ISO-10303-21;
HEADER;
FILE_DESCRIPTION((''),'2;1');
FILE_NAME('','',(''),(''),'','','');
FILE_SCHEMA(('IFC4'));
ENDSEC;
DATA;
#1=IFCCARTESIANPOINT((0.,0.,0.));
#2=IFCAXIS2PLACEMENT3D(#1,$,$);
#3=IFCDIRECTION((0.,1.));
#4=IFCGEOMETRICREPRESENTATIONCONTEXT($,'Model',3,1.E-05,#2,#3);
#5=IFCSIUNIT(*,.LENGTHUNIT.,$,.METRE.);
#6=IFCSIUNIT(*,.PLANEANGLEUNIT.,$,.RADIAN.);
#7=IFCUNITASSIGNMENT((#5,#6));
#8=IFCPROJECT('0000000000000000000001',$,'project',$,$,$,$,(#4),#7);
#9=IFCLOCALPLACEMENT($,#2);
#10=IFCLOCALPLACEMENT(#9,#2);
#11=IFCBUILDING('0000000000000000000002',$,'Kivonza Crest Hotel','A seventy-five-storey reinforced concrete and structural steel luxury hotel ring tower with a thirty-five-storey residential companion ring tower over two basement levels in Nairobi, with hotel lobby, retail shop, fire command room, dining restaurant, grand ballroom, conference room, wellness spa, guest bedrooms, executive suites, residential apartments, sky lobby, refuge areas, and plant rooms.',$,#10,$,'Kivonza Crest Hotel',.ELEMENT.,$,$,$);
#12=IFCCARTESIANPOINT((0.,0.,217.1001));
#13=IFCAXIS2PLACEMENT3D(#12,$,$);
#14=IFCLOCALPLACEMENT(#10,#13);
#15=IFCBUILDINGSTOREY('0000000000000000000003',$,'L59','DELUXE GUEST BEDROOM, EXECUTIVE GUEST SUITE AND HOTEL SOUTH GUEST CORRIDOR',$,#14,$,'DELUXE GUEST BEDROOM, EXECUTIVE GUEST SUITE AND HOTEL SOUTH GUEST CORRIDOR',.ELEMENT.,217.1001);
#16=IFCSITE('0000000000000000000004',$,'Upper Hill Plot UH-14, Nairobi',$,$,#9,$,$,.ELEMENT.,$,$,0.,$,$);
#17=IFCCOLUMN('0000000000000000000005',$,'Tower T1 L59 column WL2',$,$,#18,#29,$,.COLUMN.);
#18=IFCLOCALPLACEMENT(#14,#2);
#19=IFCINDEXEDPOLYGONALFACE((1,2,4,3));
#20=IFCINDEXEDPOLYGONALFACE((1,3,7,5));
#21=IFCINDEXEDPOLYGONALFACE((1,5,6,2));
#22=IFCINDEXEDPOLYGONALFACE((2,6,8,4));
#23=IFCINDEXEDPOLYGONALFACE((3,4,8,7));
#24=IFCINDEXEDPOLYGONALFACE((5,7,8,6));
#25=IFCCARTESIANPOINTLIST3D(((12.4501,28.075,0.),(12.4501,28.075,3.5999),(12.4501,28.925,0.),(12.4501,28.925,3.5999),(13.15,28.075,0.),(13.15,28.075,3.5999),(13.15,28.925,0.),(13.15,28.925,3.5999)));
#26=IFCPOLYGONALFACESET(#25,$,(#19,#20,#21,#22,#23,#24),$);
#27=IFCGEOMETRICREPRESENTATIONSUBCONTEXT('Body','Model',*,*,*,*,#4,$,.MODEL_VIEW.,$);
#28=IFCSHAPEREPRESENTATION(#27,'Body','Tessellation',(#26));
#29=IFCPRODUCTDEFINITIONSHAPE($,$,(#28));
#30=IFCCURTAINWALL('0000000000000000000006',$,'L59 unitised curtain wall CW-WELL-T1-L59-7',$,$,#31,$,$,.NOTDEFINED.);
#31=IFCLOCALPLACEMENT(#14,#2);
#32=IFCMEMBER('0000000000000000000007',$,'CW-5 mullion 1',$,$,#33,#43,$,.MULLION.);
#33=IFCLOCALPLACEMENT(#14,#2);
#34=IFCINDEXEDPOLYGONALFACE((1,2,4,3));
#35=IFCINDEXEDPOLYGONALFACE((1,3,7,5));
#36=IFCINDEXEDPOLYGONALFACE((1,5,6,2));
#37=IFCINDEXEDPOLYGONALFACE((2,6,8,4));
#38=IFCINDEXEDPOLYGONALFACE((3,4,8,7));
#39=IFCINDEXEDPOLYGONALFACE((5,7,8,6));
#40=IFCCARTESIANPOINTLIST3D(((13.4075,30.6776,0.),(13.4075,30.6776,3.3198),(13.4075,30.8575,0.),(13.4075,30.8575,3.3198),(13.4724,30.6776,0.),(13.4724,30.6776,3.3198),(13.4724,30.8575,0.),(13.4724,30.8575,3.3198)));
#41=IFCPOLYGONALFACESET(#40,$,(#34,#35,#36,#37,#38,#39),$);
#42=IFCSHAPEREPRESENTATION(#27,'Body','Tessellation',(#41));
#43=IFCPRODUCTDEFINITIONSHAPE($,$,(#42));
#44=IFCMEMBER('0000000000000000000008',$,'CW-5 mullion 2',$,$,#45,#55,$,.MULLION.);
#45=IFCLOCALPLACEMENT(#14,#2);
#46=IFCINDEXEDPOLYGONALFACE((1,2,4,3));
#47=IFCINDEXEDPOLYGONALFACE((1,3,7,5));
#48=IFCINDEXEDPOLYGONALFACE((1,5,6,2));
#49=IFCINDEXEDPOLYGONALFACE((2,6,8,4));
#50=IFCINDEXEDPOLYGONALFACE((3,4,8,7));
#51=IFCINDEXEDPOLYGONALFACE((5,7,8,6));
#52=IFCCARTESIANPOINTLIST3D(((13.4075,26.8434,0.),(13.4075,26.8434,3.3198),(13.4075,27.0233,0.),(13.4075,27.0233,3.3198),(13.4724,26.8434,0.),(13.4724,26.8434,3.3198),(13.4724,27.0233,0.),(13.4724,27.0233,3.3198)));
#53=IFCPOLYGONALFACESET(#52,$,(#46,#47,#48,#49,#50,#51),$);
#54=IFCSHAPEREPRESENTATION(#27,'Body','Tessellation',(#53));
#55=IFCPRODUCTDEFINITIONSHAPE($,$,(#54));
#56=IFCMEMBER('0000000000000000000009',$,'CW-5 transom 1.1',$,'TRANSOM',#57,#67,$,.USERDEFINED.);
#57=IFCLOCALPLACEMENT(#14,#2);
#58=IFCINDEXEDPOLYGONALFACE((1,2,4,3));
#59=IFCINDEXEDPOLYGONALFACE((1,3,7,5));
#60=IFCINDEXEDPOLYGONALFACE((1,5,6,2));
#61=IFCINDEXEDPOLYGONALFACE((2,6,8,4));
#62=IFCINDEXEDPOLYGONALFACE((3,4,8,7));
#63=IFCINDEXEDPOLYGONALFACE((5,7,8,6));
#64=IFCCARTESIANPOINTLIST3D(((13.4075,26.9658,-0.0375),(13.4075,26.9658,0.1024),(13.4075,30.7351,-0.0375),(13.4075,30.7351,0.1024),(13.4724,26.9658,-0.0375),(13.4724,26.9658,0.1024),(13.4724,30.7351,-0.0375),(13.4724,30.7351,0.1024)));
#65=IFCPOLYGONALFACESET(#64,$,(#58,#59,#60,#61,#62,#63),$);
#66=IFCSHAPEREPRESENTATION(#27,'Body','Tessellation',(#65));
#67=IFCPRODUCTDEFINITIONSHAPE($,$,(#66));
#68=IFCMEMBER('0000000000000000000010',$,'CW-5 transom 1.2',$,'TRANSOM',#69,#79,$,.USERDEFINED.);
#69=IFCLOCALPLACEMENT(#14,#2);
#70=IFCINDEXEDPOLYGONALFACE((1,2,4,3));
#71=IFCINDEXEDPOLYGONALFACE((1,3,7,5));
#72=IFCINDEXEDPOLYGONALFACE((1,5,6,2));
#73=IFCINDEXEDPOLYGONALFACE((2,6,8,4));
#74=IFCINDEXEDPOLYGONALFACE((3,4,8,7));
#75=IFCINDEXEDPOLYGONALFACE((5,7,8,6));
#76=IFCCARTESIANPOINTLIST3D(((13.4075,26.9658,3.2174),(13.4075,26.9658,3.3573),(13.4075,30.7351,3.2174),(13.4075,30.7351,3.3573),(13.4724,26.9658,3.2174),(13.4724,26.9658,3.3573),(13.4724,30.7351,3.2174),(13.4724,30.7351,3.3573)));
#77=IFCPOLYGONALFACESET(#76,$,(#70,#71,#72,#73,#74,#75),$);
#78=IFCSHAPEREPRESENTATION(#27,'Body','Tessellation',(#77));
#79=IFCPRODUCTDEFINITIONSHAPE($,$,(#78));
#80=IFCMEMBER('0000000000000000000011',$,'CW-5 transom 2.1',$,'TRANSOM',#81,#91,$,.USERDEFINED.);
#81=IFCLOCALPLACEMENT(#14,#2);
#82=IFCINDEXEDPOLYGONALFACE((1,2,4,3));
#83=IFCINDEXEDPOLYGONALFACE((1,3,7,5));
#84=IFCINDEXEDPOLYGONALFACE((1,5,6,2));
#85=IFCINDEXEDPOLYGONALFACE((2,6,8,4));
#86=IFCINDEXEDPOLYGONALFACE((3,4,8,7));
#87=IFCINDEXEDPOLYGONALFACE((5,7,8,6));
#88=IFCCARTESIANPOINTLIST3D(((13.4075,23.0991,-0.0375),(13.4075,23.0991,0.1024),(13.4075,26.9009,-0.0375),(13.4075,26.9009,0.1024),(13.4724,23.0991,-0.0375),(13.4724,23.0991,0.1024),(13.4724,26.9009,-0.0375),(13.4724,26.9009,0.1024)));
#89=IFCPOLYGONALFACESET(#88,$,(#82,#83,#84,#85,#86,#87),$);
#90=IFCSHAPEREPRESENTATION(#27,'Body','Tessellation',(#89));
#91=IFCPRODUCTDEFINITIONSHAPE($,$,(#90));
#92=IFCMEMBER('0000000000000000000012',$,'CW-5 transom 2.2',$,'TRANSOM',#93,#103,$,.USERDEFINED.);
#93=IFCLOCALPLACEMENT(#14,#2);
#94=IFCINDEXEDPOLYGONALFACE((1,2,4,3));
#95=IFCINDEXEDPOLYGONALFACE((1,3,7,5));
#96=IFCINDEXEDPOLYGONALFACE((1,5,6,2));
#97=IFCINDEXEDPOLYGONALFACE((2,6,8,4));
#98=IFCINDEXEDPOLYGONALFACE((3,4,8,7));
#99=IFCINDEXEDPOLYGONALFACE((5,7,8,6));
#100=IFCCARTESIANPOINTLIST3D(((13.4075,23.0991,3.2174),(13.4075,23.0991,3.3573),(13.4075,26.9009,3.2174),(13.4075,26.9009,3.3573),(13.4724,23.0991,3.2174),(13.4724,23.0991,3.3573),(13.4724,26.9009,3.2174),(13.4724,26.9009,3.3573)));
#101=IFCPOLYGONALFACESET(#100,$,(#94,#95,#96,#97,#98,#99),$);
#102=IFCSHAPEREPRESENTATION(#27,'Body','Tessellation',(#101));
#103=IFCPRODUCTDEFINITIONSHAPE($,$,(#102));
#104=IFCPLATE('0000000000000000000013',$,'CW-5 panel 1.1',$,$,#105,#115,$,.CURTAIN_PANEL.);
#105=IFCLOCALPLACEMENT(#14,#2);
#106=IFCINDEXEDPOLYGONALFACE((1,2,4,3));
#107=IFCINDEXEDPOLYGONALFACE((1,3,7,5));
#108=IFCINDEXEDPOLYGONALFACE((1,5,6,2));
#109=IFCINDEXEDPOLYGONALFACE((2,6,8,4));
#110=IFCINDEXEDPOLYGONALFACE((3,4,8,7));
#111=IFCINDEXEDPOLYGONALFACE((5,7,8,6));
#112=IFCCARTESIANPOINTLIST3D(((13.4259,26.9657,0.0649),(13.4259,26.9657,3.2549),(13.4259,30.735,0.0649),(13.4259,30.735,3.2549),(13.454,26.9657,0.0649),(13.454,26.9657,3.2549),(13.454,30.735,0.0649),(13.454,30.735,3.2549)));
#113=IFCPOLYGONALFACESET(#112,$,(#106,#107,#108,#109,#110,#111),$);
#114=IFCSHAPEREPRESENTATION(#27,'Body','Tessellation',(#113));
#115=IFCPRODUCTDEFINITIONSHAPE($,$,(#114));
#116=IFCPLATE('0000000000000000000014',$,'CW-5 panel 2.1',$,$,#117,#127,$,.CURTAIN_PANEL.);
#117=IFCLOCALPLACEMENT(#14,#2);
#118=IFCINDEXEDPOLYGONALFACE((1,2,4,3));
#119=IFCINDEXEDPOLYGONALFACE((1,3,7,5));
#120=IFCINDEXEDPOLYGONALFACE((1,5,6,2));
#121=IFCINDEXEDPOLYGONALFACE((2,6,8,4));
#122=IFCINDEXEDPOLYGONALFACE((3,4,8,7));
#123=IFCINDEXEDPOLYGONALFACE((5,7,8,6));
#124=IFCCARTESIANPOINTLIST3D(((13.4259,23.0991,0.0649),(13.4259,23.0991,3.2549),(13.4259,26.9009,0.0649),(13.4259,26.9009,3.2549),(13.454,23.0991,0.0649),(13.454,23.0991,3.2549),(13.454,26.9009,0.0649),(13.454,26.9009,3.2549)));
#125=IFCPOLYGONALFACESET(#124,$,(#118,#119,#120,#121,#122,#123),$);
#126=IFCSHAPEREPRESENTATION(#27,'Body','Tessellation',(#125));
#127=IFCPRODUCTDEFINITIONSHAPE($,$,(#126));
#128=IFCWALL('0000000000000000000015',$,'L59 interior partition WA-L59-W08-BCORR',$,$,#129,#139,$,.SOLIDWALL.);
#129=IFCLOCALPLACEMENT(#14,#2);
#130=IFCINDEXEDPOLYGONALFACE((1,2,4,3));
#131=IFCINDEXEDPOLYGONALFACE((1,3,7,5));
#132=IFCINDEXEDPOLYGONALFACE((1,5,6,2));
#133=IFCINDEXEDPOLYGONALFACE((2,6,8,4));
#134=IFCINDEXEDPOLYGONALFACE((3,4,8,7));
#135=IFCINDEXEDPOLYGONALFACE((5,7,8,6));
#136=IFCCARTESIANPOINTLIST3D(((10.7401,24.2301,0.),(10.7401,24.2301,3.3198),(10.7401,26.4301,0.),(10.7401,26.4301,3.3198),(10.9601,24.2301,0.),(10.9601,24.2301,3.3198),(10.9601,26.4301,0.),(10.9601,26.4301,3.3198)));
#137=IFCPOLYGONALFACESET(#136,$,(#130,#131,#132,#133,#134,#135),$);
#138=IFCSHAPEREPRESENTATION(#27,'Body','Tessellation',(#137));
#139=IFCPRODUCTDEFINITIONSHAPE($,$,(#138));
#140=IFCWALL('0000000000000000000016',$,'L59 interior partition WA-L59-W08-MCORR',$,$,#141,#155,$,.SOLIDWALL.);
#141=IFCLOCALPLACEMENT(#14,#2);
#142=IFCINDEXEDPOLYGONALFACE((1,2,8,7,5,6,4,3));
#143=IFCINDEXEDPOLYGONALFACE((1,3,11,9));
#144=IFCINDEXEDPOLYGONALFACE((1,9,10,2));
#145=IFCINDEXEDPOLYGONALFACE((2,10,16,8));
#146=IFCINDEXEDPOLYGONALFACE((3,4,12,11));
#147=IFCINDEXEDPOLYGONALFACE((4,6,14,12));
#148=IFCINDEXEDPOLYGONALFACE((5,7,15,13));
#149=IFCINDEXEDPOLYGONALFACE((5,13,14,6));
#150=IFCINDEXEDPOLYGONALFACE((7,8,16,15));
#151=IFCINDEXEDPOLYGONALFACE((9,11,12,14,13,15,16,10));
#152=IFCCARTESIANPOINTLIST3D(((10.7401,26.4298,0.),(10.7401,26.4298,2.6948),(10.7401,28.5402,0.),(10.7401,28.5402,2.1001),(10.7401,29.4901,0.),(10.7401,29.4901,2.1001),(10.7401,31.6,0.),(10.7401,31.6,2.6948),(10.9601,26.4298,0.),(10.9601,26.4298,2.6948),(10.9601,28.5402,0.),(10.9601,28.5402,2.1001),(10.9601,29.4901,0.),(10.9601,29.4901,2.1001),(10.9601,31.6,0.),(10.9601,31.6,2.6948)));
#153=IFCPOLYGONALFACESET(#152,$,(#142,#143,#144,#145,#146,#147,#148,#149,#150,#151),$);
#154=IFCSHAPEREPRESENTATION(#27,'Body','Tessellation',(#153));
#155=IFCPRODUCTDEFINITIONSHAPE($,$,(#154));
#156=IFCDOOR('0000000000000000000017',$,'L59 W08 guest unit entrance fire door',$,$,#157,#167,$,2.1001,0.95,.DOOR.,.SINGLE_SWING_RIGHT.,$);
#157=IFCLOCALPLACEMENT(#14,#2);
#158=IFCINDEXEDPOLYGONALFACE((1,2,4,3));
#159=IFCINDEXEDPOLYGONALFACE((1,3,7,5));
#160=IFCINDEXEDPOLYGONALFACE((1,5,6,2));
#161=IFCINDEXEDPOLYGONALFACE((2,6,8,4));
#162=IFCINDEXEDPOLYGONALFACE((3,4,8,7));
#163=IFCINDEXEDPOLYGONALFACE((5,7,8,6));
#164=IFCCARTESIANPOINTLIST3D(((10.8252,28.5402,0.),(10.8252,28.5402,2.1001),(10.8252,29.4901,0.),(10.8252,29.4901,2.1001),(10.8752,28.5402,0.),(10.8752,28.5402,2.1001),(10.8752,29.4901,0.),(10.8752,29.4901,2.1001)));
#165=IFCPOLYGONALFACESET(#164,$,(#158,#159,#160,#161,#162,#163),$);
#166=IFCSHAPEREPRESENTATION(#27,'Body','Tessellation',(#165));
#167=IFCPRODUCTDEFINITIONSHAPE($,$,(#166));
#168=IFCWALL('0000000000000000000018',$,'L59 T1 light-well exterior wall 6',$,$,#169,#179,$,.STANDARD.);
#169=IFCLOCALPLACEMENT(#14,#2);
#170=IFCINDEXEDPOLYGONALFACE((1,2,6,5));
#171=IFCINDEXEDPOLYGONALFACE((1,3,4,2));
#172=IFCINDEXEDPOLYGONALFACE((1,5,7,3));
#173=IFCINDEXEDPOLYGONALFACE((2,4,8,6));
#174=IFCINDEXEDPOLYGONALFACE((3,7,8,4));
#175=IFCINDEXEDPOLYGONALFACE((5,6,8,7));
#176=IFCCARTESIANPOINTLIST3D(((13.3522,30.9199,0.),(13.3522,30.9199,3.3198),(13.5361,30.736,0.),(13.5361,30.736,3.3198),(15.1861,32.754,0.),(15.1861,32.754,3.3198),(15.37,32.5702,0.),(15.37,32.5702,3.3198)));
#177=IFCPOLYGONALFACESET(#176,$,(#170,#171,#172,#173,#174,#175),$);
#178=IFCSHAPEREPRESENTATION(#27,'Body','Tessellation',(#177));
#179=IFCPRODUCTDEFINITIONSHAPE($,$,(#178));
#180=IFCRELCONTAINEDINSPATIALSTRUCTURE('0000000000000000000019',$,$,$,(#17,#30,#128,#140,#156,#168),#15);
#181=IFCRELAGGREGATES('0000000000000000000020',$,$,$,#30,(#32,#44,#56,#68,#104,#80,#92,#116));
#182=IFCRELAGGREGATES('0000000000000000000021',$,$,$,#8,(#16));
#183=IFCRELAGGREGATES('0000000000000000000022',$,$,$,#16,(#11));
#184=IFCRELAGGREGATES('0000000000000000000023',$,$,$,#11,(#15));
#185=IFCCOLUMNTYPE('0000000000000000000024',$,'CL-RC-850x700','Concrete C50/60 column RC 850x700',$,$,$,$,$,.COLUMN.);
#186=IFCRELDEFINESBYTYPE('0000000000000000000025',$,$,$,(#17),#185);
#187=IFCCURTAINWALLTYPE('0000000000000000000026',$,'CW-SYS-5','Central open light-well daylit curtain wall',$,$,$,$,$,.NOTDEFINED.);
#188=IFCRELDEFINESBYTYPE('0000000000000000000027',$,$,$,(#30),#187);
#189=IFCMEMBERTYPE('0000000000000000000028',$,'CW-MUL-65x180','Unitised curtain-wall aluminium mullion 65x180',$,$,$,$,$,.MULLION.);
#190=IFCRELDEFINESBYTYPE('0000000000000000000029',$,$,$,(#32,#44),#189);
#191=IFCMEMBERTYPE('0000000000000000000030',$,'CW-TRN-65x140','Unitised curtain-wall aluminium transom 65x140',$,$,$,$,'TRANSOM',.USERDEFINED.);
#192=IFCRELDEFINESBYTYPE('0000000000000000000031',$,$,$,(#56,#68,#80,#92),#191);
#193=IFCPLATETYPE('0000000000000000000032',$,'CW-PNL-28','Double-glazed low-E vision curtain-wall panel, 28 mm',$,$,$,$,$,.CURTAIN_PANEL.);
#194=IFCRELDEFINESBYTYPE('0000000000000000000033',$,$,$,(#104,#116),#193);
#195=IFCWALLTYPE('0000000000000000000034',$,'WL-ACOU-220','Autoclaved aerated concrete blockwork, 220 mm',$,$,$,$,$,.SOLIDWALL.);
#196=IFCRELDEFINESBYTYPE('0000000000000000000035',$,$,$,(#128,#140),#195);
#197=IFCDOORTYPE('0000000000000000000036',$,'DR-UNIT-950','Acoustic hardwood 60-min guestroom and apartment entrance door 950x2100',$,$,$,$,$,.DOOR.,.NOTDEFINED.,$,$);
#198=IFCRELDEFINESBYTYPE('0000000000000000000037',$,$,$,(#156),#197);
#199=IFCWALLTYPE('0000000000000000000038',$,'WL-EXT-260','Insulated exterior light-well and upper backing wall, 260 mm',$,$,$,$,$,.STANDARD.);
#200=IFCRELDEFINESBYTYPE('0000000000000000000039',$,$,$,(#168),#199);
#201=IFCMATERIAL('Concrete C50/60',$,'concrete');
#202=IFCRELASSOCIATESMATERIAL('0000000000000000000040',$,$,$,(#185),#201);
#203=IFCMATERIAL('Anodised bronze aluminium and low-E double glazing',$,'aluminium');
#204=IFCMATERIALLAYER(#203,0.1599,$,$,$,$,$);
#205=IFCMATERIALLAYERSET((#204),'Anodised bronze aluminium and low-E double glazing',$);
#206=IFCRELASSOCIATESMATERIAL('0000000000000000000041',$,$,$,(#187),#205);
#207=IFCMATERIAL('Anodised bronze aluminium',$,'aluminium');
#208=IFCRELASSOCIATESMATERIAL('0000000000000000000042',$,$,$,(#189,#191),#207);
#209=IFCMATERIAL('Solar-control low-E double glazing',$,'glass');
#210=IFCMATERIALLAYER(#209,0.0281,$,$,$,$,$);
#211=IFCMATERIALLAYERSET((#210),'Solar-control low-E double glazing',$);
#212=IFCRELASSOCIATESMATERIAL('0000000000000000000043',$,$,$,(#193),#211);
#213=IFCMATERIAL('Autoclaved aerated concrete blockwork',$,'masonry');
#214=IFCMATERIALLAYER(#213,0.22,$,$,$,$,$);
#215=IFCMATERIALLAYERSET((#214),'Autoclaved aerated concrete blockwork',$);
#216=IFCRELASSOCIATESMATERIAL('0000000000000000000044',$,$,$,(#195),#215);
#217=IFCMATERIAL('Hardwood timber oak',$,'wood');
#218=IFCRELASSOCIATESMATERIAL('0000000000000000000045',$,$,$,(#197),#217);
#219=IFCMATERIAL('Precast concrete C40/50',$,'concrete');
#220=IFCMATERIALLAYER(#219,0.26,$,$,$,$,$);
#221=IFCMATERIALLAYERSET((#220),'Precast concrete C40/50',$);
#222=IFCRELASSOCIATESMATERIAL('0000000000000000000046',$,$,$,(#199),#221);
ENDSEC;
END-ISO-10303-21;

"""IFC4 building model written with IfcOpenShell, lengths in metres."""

from ifc_helpers import new_model, si_unit, direction, frame, frame_2d, origin, origin_2d, place, context, subcontext, project, spatial, rectangle, extrude, material, layer, layer_set, material_profile, profile_set, type_object, element, fill, aggregate, save


model = new_model("IFC4")

# Units and contexts
model_context = context("Model", 3, precision=1e-05, world=origin(), true_north=direction((0.0, 1.0)))
body_context = subcontext(model_context, "Body", "Model", "MODEL_VIEW")
ifc_project = project(units=[si_unit("LENGTHUNIT", "METRE"), si_unit("PLANEANGLEUNIT", "RADIAN")], contexts=[model_context])

# Site, building, storey
site_placement = place(None, origin())
site = spatial("IfcSite", under=ifc_project, at=site_placement, Name="Upper Hill Plot UH-14, Nairobi", CompositionType="ELEMENT", RefElevation=0.0)
building_placement = place(site_placement, origin())
building = spatial("IfcBuilding", under=site, at=building_placement, Name="Kivonza Crest Hotel", Description="A seventy-five-storey reinforced concrete and structural steel luxury hotel ring tower with a thirty-five-storey residential companion ring tower over two basement levels in Nairobi, with hotel lobby, retail shop, fire command room, dining restaurant, grand ballroom, conference room, wellness spa, guest bedrooms, executive suites, residential apartments, sky lobby, refuge areas, and plant rooms.", LongName="Kivonza Crest Hotel", CompositionType="ELEMENT")
storey_placement = place(building_placement, frame((0.0, 0.0, 217.1001)))
storey = spatial("IfcBuildingStorey", under=building, at=storey_placement, Name="L59", Description="DELUXE GUEST BEDROOM, EXECUTIVE GUEST SUITE AND HOTEL SOUTH GUEST CORRIDOR", LongName="DELUXE GUEST BEDROOM, EXECUTIVE GUEST SUITE AND HOTEL SOUTH GUEST CORRIDOR", CompositionType="ELEMENT", Elevation=217.1001)

# Column
ifc_material_1 = material(Name="Concrete C50/60", Category="concrete")
ifc_material_profile_1 = material_profile(ifc_material_1, rectangle(XDim=0.7, YDim=0.8501, at=origin_2d()), Name="RC 850x700")
ifc_profile_set_1 = profile_set([ifc_material_profile_1], Name="Concrete C50/60")
column_type = type_object("IfcColumnType", Name="CL-RC-850x700", Description="Concrete C50/60 column RC 850x700", PredefinedType="COLUMN", material=ifc_profile_set_1)
column_placement = place(storey_placement, frame((12.8, 28.5, 0.0), z_axis=(0.0, 0.0, 1.0), x_axis=(1.0, 0.0, 0.0)))
element("IfcColumn", 1, at=column_placement, inside=storey, type_object=column_type, Name="Tower T1 L59 column WL2", PredefinedType="COLUMN", context=body_context, shape_type="SweptSolid", body=[
    extrude(rectangle(XDim=0.7, YDim=0.8501, at=origin_2d()), origin(), (0.0, 0.0, 1.0), 3.5999),
])

# Curtain wall, members, plates
ifc_material_2 = material(Name="Anodised bronze aluminium and low-E double glazing", Category="aluminium")
ifc_layer_1 = layer(ifc_material_2, 0.1599)
ifc_layer_set_1 = layer_set([ifc_layer_1], Name="Anodised bronze aluminium and low-E double glazing")
curtain_wall_type = type_object("IfcCurtainWallType", Name="CW-SYS-5", Description="Central open light-well daylit curtain wall", PredefinedType="NOTDEFINED", material=ifc_layer_set_1)
curtain_wall_placement = place(storey_placement, origin())
curtain_wall = element("IfcCurtainWall", 2, at=curtain_wall_placement, inside=storey, type_object=curtain_wall_type, Name="L59 unitised curtain wall CW-WELL-T1-L59-7", PredefinedType="NOTDEFINED")
ifc_material_3 = material(Name="Anodised bronze aluminium", Category="aluminium")
ifc_material_profile_2 = material_profile(ifc_material_3, rectangle(XDim=0.0649, YDim=0.1799, at=origin_2d()), Name="CW-M 65x180")
ifc_profile_set_2 = profile_set([ifc_material_profile_2], Name="Anodised bronze aluminium")
member_type_1 = type_object("IfcMemberType", Name="CW-MUL-65x180", Description="Unitised curtain-wall aluminium mullion 65x180", PredefinedType="MULLION", material=ifc_profile_set_2)
member_1_placement = place(storey_placement, frame((13.4399, 30.7676, 0.0), z_axis=(0.0, 0.0, 1.0), x_axis=(1.0, 0.0, 0.0)))
member_1 = element("IfcMember", 3, at=member_1_placement, type_object=member_type_1, Name="CW-5 mullion 1", PredefinedType="MULLION", context=body_context, shape_type="SweptSolid", body=[
    extrude(rectangle(XDim=0.0649, YDim=0.1799, at=origin_2d()), origin(), (0.0, 0.0, 1.0), 3.3198),
])
member_2_placement = place(storey_placement, frame((13.4399, 26.9333, 0.0), z_axis=(0.0, 0.0, 1.0), x_axis=(1.0, 0.0, 0.0)))
member_2 = element("IfcMember", 4, at=member_2_placement, type_object=member_type_1, Name="CW-5 mullion 2", PredefinedType="MULLION", context=body_context, shape_type="SweptSolid", body=[
    extrude(rectangle(XDim=0.0649, YDim=0.1799, at=origin_2d()), origin(), (0.0, 0.0, 1.0), 3.3198),
])
ifc_material_profile_3 = material_profile(ifc_material_3, rectangle(XDim=0.0649, YDim=0.1399, at=origin_2d()), Name="CW-T 65x140")
ifc_profile_set_3 = profile_set([ifc_material_profile_3], Name="Anodised bronze aluminium")
member_type_2 = type_object("IfcMemberType", Name="CW-TRN-65x140", Description="Unitised curtain-wall aluminium transom 65x140", ElementType="TRANSOM", PredefinedType="USERDEFINED", material=ifc_profile_set_3)
member_3_placement = place(storey_placement, frame((13.4399, 30.7351, 0.0325), z_axis=(0.0, -1.0, 0.0), x_axis=(1.0, 0.0, 0.0)))
member_3 = element("IfcMember", 5, at=member_3_placement, type_object=member_type_2, Name="CW-5 transom 1.1", ObjectType="TRANSOM", PredefinedType="USERDEFINED", context=body_context, shape_type="SweptSolid", body=[
    extrude(rectangle(XDim=0.0649, YDim=0.1399, at=origin_2d()), origin(), (0.0, 0.0, 1.0), 3.7693),
])
member_4_placement = place(storey_placement, frame((13.4399, 30.7351, 3.2874), z_axis=(0.0, -1.0, 0.0), x_axis=(1.0, 0.0, 0.0)))
member_4 = element("IfcMember", 6, at=member_4_placement, type_object=member_type_2, Name="CW-5 transom 1.2", ObjectType="TRANSOM", PredefinedType="USERDEFINED", context=body_context, shape_type="SweptSolid", body=[
    extrude(rectangle(XDim=0.0649, YDim=0.1399, at=origin_2d()), origin(), (0.0, 0.0, 1.0), 3.7693),
])
member_5_placement = place(storey_placement, frame((13.4399, 26.9009, 0.0325), z_axis=(0.0, -1.0, 0.0), x_axis=(1.0, 0.0, 0.0)))
member_5 = element("IfcMember", 7, at=member_5_placement, type_object=member_type_2, Name="CW-5 transom 2.1", ObjectType="TRANSOM", PredefinedType="USERDEFINED", context=body_context, shape_type="SweptSolid", body=[
    extrude(rectangle(XDim=0.0649, YDim=0.1399, at=origin_2d()), origin(), (0.0, 0.0, 1.0), 3.8018),
])
member_6_placement = place(storey_placement, frame((13.4399, 26.9009, 3.2874), z_axis=(0.0, -1.0, 0.0), x_axis=(1.0, 0.0, 0.0)))
member_6 = element("IfcMember", 8, at=member_6_placement, type_object=member_type_2, Name="CW-5 transom 2.2", ObjectType="TRANSOM", PredefinedType="USERDEFINED", context=body_context, shape_type="SweptSolid", body=[
    extrude(rectangle(XDim=0.0649, YDim=0.1399, at=origin_2d()), origin(), (0.0, 0.0, 1.0), 3.8018),
])
ifc_material_4 = material(Name="Solar-control low-E double glazing", Category="glass")
ifc_layer_2 = layer(ifc_material_4, 0.0281)
ifc_layer_set_2 = layer_set([ifc_layer_2], Name="Solar-control low-E double glazing")
plate_type = type_object("IfcPlateType", Name="CW-PNL-28", Description="Double-glazed low-E vision curtain-wall panel, 28 mm", PredefinedType="CURTAIN_PANEL", material=ifc_layer_set_2)
plate_1_placement = place(storey_placement, frame((13.4399, 28.8503, 0.0649), z_axis=(0.0, 0.0, 1.0), x_axis=(0.0, -1.0, 0.0)))
plate_1 = element("IfcPlate", 9, at=plate_1_placement, type_object=plate_type, Name="CW-5 panel 1.1", PredefinedType="CURTAIN_PANEL", context=body_context, shape_type="SweptSolid", body=[
    extrude(rectangle(XDim=3.7693, YDim=0.0281, at=origin_2d()), origin(), (0.0, 0.0, 1.0), 3.1899),
])
plate_2_placement = place(storey_placement, frame((13.4399, 25.0, 0.0649), z_axis=(0.0, 0.0, 1.0), x_axis=(0.0, -1.0, 0.0)))
plate_2 = element("IfcPlate", 10, at=plate_2_placement, type_object=plate_type, Name="CW-5 panel 2.1", PredefinedType="CURTAIN_PANEL", context=body_context, shape_type="SweptSolid", body=[
    extrude(rectangle(XDim=3.8018, YDim=0.0281, at=origin_2d()), origin(), (0.0, 0.0, 1.0), 3.1899),
])
aggregate(curtain_wall, [member_1, member_2, member_3, member_4, plate_1, member_5, member_6, plate_2])

# Wall
ifc_material_5 = material(Name="Autoclaved aerated concrete blockwork", Category="masonry")
ifc_layer_3 = layer(ifc_material_5, 0.22)
ifc_layer_set_3 = layer_set([ifc_layer_3], Name="Autoclaved aerated concrete blockwork")
wall_type_1 = type_object("IfcWallType", Name="WL-ACOU-220", Description="Autoclaved aerated concrete blockwork, 220 mm", PredefinedType="SOLIDWALL", material=ifc_layer_set_3)
wall_1_placement = place(storey_placement, frame((10.8501, 24.23, 0.0), z_axis=(0.0, 0.0, 1.0), x_axis=(0.0, 1.0, 0.0)))
element("IfcWall", 11, at=wall_1_placement, inside=storey, type_object=wall_type_1, Name="L59 interior partition WA-L59-W08-BCORR", PredefinedType="SOLIDWALL", context=body_context, shape_type="SweptSolid", body=[
    extrude(rectangle(XDim=2.2, YDim=0.22, at=frame_2d((1.1001, 0.0))), origin(), (0.0, 0.0, 1.0), 3.3198),
])

# Wall, opening, door
wall_2_placement = place(storey_placement, frame((10.8501, 26.4299, 0.0), z_axis=(0.0, 0.0, 1.0), x_axis=(0.0, 1.0, 0.0)))
wall_2 = element("IfcWall", 12, at=wall_2_placement, inside=storey, type_object=wall_type_1, Name="L59 interior partition WA-L59-W08-MCORR", PredefinedType="SOLIDWALL", context=body_context, shape_type="SweptSolid", body=[
    extrude(rectangle(XDim=5.1702, YDim=0.22, at=frame_2d((2.585, 0.0))), origin(), (0.0, 0.0, 1.0), 2.6948),
])
opening_1_placement = place(wall_2_placement, frame((2.1101, 0.0, 0.0)))
opening_1 = element("IfcOpeningElement", 13, at=opening_1_placement, cuts=wall_2, PredefinedType="OPENING", context=body_context, shape_type="SweptSolid", body=[
    extrude(rectangle(XDim=0.95, YDim=2.1001, at=frame_2d((0.4751, 1.05))), frame((0.0, 0.1201, 0.0), z_axis=(0.0, -1.0, 0.0), x_axis=(1.0, 0.0, 0.0)), (0.0, 0.0, 1.0), 0.24),
])
ifc_material_6 = material(Name="Hardwood timber oak", Category="wood")
door_type_1 = type_object("IfcDoorType", Name="DR-UNIT-950", Description="Acoustic hardwood 60-min guestroom and apartment entrance door 950x2100", OperationType="NOTDEFINED", PredefinedType="DOOR", material=ifc_material_6)
door_1_placement = place(opening_1_placement, origin())
door_1 = element("IfcDoor", 14, at=door_1_placement, inside=storey, type_object=door_type_1, Name="L59 W08 guest unit entrance fire door", OperationType="SINGLE_SWING_RIGHT", OverallHeight=2.1001, OverallWidth=0.95, PredefinedType="DOOR", context=body_context, shape_type="SweptSolid", body=[
    extrude(rectangle(XDim=0.95, YDim=2.1001, at=frame_2d((0.4751, 1.05))), frame((0.0, 0.0249, 0.0), z_axis=(0.0, -1.0, 0.0), x_axis=(1.0, 0.0, 0.0)), (0.0, 0.0, 1.0), 0.05),
])
fill(opening_1, door_1)

# Wall
ifc_material_7 = material(Name="Precast concrete C40/50", Category="concrete")
ifc_layer_4 = layer(ifc_material_7, 0.26)
ifc_layer_set_4 = layer_set([ifc_layer_4], Name="Precast concrete C40/50")
wall_type_2 = type_object("IfcWallType", Name="WL-EXT-260", Description="Insulated exterior light-well and upper backing wall, 260 mm", PredefinedType="STANDARD", material=ifc_layer_set_4)
wall_3_placement = place(storey_placement, frame((15.2781, 32.6621, 0.0), z_axis=(0.0, 0.0, 1.0), x_axis=(-0.70706, -0.707154, 0.0)))
element("IfcWall", 15, at=wall_3_placement, inside=storey, type_object=wall_type_2, Name="L59 T1 light-well exterior wall 6", PredefinedType="STANDARD", context=body_context, shape_type="SweptSolid", body=[
    extrude(rectangle(XDim=2.5938, YDim=0.26, at=frame_2d((1.2969, 0.0))), origin(), (0.0, 0.0, 1.0), 3.3198),
])

save(model, "model.ifc")
